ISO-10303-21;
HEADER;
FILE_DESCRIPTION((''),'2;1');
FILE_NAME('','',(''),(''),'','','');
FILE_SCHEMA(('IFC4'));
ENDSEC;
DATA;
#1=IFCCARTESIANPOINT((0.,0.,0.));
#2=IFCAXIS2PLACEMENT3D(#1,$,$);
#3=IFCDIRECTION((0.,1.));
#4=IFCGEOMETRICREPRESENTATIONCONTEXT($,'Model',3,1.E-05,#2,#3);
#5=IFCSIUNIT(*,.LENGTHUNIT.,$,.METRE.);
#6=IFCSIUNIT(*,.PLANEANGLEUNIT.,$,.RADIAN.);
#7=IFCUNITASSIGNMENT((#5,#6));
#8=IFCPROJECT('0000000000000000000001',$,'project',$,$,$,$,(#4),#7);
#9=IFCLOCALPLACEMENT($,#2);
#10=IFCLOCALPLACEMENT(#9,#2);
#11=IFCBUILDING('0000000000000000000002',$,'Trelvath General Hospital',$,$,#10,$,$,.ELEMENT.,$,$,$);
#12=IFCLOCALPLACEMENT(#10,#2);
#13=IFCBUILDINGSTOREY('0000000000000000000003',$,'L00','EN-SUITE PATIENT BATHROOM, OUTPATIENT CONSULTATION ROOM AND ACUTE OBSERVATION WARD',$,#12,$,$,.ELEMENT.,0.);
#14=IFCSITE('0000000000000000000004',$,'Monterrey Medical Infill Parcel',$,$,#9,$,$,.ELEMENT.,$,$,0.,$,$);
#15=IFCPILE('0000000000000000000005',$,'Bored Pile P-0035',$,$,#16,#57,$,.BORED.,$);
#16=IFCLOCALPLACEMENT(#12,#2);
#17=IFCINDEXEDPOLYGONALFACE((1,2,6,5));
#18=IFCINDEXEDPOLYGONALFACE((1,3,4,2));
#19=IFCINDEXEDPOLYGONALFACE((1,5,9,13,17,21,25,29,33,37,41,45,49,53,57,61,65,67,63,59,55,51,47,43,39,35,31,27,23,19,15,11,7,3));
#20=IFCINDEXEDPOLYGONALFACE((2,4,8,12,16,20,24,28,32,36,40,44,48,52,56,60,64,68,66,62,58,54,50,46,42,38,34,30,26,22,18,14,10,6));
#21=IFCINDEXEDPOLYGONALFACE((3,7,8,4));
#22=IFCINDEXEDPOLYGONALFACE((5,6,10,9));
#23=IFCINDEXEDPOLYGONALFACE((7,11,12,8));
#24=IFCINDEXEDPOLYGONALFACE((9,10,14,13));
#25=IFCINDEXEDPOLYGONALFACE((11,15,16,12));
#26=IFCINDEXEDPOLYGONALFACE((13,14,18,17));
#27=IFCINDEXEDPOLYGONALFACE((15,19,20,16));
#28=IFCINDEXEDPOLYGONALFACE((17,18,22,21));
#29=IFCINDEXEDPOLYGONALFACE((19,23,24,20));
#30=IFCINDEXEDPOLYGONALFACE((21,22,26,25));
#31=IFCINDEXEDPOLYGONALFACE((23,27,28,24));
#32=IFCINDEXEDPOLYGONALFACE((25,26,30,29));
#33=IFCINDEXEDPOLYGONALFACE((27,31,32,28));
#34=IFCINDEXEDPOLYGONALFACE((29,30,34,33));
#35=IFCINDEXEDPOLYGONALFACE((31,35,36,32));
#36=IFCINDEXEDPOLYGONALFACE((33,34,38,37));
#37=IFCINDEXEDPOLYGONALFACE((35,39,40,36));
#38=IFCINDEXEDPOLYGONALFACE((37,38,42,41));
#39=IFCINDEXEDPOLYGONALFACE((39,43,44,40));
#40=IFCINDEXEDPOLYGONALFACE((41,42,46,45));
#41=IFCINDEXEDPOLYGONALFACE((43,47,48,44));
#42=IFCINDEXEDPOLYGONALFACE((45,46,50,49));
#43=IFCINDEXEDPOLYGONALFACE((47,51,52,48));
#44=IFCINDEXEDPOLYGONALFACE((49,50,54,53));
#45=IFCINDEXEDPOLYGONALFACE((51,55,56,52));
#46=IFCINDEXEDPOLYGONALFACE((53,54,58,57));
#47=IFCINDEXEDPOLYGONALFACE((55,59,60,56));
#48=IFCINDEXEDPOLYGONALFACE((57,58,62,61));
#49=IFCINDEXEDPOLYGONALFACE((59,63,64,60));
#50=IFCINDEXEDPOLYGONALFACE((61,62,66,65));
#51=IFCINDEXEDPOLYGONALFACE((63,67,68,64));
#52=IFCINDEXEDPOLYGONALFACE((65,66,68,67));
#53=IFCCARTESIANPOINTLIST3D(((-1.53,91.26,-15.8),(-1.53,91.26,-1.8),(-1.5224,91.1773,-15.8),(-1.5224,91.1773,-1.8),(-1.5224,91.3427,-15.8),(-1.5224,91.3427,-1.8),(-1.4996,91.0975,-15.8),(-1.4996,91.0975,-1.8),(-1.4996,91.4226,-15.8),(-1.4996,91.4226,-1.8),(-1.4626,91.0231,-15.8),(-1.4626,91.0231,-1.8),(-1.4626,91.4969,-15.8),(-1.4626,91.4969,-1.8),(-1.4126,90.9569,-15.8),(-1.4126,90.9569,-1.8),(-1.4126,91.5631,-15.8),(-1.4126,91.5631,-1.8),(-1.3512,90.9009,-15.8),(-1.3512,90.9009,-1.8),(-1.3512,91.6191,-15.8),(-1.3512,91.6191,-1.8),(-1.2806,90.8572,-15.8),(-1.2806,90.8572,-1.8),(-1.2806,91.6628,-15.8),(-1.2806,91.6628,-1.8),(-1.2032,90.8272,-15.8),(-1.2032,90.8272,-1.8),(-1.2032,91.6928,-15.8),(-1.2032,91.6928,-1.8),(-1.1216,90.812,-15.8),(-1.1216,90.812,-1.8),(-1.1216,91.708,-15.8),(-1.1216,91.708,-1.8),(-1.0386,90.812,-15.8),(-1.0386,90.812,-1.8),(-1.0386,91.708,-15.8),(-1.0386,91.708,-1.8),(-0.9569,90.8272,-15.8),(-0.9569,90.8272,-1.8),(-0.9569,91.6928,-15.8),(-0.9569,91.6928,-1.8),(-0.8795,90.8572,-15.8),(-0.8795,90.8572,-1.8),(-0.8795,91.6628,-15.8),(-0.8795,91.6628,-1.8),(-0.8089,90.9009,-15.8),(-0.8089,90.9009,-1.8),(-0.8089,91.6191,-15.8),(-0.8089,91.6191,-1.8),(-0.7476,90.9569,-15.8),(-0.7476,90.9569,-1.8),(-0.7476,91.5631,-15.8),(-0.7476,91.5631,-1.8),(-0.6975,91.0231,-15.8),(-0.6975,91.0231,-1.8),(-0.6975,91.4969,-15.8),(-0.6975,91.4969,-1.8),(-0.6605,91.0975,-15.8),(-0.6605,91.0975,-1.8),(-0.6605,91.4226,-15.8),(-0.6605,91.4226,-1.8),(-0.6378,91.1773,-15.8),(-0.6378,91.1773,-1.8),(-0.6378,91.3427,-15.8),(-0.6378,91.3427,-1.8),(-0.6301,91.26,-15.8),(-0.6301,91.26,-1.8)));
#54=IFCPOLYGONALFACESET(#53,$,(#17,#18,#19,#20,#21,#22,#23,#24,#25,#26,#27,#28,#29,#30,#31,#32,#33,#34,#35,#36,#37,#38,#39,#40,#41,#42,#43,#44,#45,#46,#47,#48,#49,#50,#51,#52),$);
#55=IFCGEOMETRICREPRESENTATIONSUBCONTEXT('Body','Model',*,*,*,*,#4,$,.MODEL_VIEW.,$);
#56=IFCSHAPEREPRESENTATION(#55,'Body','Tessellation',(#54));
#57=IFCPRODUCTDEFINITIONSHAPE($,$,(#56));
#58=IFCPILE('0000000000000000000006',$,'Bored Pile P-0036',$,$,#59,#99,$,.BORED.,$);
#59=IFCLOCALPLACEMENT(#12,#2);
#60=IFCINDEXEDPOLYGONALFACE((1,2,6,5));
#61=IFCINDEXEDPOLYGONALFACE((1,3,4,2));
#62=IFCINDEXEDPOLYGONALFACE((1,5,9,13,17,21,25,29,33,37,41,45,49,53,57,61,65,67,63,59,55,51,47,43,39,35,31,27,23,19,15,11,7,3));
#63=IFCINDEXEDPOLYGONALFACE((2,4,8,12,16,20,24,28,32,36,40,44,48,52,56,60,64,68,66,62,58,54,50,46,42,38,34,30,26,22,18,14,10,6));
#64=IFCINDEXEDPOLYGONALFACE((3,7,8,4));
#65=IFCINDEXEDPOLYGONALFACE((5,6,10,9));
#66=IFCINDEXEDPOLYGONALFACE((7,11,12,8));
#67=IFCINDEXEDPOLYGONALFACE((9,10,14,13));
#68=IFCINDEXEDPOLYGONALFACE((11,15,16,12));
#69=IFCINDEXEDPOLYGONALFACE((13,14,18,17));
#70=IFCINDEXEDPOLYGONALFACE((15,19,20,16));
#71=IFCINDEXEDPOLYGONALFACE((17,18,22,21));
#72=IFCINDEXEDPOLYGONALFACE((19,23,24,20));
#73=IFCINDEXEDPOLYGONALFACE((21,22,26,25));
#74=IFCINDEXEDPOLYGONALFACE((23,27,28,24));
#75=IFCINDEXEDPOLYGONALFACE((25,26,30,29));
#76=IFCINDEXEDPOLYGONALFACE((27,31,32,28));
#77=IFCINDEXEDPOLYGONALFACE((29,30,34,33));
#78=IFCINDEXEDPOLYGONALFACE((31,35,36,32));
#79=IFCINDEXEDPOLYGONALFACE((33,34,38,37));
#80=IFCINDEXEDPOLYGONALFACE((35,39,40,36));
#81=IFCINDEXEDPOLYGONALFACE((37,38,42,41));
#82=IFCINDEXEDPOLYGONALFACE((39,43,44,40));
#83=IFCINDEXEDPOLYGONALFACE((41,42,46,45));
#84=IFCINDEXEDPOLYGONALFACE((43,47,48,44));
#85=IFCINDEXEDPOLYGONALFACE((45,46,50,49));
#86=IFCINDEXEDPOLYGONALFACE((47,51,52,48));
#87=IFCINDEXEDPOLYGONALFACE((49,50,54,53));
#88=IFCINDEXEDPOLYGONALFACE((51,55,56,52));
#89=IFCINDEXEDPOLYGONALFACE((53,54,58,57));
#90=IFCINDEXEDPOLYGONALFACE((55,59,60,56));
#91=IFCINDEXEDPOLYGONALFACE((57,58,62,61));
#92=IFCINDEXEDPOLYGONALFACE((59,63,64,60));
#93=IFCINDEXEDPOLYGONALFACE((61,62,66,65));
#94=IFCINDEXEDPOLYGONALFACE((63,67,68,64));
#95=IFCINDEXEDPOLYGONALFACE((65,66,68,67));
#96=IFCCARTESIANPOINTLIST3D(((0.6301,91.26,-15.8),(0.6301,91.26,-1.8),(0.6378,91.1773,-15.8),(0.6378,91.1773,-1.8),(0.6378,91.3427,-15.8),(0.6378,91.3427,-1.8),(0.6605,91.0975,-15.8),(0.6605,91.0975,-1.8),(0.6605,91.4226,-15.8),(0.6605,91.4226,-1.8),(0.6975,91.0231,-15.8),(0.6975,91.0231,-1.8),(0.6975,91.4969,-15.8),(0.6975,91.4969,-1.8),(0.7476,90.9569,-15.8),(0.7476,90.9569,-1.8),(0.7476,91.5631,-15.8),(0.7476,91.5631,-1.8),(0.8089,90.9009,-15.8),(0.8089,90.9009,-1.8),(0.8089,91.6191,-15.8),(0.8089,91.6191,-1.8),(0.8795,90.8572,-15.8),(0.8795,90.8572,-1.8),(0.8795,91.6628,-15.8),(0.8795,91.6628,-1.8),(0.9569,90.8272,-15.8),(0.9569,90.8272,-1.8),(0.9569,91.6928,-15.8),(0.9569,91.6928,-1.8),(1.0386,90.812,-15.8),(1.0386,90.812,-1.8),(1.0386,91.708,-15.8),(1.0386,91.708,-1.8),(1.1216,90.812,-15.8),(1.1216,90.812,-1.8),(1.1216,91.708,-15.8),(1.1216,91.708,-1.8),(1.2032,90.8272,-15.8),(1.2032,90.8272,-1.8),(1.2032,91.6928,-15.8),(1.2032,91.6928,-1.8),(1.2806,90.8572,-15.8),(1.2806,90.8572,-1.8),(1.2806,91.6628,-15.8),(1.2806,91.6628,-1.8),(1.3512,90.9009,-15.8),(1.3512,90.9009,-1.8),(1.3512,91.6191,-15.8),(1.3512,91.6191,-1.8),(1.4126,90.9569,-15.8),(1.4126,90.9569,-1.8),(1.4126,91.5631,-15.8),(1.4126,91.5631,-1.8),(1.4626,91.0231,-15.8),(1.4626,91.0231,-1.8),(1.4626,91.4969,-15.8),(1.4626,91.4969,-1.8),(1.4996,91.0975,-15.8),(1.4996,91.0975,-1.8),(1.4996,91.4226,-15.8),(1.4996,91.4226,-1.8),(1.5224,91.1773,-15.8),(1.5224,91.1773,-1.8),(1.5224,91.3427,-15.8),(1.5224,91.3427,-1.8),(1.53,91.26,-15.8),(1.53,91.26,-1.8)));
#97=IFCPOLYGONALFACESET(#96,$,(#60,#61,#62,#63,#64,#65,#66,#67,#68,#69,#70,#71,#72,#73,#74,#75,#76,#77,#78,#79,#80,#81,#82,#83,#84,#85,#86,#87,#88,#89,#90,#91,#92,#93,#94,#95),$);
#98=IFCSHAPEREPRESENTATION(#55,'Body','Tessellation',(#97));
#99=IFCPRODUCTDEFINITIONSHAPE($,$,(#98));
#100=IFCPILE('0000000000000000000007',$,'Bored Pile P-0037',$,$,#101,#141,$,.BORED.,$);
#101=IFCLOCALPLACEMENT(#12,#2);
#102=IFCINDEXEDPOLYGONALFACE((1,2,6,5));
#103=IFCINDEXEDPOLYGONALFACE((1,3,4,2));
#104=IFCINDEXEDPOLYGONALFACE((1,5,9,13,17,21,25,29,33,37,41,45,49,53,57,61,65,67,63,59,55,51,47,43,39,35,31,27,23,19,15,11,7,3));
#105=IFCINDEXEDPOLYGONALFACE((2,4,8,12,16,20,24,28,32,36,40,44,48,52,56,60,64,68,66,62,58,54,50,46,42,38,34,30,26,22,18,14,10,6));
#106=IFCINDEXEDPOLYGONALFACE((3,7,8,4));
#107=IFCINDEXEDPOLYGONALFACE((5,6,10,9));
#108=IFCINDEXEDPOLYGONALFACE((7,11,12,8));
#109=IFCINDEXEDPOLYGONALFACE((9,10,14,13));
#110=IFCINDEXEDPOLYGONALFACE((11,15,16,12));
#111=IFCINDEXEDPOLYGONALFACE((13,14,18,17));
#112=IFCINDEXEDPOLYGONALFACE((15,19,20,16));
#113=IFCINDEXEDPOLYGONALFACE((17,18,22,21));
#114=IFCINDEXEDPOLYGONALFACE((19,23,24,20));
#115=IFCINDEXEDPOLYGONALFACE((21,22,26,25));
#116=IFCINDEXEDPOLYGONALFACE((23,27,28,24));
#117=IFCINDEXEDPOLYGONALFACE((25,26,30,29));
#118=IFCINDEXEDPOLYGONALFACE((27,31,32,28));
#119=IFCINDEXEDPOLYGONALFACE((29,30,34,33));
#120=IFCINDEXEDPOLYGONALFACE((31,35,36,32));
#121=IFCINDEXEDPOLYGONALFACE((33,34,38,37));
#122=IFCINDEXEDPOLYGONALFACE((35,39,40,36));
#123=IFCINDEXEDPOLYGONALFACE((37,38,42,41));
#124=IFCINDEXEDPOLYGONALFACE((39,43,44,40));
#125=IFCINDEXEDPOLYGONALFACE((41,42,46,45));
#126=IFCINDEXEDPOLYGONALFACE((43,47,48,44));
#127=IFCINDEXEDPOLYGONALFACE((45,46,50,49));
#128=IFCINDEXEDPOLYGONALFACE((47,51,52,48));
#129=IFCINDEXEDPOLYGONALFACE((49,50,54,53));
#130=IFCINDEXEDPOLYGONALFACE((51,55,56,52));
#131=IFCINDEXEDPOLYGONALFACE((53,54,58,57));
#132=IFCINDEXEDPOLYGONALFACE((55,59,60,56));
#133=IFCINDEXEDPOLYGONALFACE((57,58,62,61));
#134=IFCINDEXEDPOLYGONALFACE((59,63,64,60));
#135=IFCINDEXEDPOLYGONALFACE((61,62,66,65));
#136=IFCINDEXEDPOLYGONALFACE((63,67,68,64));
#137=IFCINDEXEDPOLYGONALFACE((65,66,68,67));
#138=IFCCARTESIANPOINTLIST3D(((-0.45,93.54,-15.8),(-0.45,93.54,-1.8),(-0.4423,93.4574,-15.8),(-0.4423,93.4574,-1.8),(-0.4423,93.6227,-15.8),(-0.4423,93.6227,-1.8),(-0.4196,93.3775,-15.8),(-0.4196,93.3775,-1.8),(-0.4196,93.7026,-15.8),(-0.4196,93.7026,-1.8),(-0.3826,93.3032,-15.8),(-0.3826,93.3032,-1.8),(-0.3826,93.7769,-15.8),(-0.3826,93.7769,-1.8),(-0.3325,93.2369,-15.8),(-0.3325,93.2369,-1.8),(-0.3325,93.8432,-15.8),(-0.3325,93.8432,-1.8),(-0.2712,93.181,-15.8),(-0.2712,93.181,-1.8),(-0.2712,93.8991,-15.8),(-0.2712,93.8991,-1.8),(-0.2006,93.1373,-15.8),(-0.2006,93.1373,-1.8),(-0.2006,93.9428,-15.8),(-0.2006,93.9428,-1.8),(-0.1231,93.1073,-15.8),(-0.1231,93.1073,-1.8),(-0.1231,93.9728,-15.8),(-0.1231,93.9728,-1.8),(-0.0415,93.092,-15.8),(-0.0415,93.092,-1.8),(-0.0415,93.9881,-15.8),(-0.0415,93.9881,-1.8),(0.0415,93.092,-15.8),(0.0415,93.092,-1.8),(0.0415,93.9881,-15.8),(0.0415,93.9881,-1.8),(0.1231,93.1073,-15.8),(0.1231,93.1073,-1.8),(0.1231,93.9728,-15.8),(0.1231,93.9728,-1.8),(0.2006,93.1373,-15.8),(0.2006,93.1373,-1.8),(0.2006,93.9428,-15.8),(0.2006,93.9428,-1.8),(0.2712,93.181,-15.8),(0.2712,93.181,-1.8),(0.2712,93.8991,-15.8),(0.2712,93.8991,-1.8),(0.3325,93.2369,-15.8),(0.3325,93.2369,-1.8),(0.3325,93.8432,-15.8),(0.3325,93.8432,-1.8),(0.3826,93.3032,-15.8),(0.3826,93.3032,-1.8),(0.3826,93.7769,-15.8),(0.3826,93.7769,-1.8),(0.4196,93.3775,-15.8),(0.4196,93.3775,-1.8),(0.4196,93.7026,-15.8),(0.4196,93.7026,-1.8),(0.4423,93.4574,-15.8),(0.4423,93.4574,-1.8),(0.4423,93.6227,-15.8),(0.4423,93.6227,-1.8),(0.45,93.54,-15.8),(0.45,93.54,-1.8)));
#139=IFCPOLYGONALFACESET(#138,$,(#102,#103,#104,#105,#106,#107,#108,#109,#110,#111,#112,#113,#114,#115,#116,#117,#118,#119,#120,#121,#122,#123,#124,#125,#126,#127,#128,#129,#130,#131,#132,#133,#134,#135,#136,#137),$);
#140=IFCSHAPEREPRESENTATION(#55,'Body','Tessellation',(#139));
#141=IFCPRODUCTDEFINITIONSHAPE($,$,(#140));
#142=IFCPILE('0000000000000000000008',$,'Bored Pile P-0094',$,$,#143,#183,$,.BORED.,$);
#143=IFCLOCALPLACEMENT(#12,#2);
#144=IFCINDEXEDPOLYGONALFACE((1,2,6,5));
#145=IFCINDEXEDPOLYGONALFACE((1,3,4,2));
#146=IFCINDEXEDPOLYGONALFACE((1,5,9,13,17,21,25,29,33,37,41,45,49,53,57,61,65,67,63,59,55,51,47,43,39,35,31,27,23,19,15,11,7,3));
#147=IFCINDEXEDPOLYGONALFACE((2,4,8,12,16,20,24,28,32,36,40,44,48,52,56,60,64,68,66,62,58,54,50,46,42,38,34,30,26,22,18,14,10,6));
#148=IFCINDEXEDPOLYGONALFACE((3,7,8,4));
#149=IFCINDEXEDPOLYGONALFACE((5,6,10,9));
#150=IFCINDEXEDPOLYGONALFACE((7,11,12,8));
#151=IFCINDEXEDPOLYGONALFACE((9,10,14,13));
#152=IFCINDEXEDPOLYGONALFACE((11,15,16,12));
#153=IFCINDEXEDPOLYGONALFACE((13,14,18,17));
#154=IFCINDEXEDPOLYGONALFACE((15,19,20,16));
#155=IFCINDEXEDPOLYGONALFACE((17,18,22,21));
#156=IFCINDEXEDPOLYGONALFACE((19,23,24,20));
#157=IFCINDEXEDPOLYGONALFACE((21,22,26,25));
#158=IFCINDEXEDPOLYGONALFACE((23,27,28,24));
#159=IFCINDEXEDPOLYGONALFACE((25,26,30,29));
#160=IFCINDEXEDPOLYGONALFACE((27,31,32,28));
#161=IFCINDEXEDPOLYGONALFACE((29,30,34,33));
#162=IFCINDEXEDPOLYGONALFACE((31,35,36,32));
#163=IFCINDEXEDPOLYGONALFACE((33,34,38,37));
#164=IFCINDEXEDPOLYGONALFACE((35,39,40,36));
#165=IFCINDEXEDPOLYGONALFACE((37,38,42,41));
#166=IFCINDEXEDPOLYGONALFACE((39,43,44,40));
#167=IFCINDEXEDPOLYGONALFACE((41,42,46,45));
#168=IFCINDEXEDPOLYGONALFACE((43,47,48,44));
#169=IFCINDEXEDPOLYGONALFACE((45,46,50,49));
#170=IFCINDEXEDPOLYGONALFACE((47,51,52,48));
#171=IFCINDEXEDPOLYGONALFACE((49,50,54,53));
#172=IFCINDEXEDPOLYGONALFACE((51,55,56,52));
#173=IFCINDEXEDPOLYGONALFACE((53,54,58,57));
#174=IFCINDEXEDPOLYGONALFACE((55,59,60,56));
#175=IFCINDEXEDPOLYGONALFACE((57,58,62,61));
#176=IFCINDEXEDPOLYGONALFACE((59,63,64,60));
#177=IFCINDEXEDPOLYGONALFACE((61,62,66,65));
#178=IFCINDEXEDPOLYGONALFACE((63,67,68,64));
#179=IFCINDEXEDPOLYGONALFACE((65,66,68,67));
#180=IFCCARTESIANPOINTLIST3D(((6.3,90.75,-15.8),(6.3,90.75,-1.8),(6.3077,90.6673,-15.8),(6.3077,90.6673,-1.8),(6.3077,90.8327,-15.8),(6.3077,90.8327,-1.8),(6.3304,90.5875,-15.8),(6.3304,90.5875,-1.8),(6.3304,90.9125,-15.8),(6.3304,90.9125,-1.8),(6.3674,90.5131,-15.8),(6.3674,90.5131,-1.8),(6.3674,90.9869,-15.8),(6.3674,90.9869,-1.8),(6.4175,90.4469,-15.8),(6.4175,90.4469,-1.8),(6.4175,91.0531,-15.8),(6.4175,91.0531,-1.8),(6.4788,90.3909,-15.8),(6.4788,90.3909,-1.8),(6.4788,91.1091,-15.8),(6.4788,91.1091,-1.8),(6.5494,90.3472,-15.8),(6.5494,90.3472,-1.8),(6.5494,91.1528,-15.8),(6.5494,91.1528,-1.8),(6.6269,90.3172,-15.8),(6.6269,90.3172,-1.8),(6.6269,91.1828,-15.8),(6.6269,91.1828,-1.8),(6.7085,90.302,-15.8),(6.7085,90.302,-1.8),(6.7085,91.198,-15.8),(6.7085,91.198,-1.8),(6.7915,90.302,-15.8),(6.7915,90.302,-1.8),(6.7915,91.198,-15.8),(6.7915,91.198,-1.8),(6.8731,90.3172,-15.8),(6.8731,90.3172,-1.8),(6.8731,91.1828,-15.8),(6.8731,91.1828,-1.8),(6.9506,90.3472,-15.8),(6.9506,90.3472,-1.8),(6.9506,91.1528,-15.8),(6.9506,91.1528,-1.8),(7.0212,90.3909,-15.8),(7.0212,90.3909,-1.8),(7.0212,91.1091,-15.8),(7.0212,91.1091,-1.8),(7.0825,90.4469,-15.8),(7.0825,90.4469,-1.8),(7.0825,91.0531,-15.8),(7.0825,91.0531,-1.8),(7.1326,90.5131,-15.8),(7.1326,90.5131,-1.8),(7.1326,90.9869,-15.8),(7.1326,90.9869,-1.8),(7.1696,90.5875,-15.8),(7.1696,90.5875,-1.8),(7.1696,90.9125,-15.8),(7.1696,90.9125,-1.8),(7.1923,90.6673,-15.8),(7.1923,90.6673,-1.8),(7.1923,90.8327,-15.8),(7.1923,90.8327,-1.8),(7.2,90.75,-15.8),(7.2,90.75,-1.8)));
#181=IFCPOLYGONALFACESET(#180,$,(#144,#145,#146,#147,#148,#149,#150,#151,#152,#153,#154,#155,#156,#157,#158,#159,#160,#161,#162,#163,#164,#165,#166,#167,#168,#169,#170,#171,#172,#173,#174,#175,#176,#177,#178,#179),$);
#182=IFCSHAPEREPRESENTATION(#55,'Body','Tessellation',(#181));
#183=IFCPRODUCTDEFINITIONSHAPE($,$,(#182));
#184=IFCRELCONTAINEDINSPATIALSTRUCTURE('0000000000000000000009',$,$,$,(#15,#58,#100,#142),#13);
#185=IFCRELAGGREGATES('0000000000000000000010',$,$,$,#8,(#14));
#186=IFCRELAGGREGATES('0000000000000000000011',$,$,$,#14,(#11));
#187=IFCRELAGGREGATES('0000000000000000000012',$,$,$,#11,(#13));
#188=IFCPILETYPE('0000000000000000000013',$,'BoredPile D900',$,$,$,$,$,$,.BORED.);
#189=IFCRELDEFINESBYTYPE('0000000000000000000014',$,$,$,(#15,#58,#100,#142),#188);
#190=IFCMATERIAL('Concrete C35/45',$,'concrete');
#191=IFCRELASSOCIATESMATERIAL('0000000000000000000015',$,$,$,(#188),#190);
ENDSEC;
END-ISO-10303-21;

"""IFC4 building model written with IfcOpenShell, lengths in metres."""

from ifc_helpers import new_model, si_unit, direction, frame, origin, origin_2d, place, context, subcontext, project, spatial, circle, extrude, material, material_profile, profile_set, type_object, element, save


model = new_model("IFC4")

# Units and contexts
model_context = context("Model", 3, precision=1e-05, world=origin(), true_north=direction((0.0, 1.0)))
body_context = subcontext(model_context, "Body", "Model", "MODEL_VIEW")
ifc_project = project(units=[si_unit("LENGTHUNIT", "METRE"), si_unit("PLANEANGLEUNIT", "RADIAN")], contexts=[model_context])

# Site, building, storey
site_placement = place(None, origin())
site = spatial("IfcSite", under=ifc_project, at=site_placement, Name="Monterrey Medical Infill Parcel", CompositionType="ELEMENT", RefElevation=0.0)
building_placement = place(site_placement, origin())
building = spatial("IfcBuilding", under=site, at=building_placement, Name="Trelvath General Hospital", CompositionType="ELEMENT")
storey_placement = place(building_placement, origin())
storey = spatial("IfcBuildingStorey", under=building, at=storey_placement, Name="L00", Description="EN-SUITE PATIENT BATHROOM, OUTPATIENT CONSULTATION ROOM AND ACUTE OBSERVATION WARD", CompositionType="ELEMENT", Elevation=0.0)

# Piles
ifc_material_1 = material(Name="Concrete C35/45", Category="concrete")
ifc_material_profile_1 = material_profile(ifc_material_1, circle(Radius=0.45, at=origin_2d()), Name="PILE900")
ifc_profile_set_1 = profile_set([ifc_material_profile_1], Name="Concrete C35/45")
pile_type = type_object("IfcPileType", Name="BoredPile D900", PredefinedType="BORED", material=ifc_profile_set_1)
for number, where, z_axis, x_axis, name in (
    (1, (-1.0801, 91.26, -1.8), (0.0, 0.0, -1.0), (1.0, 0.0, 0.0), "Bored Pile P-0035"),
    (2, (1.0801, 91.26, -1.8), (0.0, 0.0, -1.0), (1.0, 0.0, 0.0), "Bored Pile P-0036"),
    (3, (0.0, 93.54, -1.8), (0.0, 0.0, -1.0), (1.0, 0.0, 0.0), "Bored Pile P-0037"),
    (4, (6.75, 90.75, -1.8), (0.0, 0.0, -1.0), (1.0, 0.0, 0.0), "Bored Pile P-0094"),
):
    element("IfcPile", number, at=place(storey_placement, frame(where, z_axis=z_axis, x_axis=x_axis)), inside=storey, type_object=pile_type, Name=name, PredefinedType="BORED", context=body_context, shape_type="SweptSolid", body=[
        extrude(circle(Radius=0.45, at=origin_2d()), origin(), (0.0, 0.0, 1.0), 14.0),
    ])

save(model, "model.ifc")
